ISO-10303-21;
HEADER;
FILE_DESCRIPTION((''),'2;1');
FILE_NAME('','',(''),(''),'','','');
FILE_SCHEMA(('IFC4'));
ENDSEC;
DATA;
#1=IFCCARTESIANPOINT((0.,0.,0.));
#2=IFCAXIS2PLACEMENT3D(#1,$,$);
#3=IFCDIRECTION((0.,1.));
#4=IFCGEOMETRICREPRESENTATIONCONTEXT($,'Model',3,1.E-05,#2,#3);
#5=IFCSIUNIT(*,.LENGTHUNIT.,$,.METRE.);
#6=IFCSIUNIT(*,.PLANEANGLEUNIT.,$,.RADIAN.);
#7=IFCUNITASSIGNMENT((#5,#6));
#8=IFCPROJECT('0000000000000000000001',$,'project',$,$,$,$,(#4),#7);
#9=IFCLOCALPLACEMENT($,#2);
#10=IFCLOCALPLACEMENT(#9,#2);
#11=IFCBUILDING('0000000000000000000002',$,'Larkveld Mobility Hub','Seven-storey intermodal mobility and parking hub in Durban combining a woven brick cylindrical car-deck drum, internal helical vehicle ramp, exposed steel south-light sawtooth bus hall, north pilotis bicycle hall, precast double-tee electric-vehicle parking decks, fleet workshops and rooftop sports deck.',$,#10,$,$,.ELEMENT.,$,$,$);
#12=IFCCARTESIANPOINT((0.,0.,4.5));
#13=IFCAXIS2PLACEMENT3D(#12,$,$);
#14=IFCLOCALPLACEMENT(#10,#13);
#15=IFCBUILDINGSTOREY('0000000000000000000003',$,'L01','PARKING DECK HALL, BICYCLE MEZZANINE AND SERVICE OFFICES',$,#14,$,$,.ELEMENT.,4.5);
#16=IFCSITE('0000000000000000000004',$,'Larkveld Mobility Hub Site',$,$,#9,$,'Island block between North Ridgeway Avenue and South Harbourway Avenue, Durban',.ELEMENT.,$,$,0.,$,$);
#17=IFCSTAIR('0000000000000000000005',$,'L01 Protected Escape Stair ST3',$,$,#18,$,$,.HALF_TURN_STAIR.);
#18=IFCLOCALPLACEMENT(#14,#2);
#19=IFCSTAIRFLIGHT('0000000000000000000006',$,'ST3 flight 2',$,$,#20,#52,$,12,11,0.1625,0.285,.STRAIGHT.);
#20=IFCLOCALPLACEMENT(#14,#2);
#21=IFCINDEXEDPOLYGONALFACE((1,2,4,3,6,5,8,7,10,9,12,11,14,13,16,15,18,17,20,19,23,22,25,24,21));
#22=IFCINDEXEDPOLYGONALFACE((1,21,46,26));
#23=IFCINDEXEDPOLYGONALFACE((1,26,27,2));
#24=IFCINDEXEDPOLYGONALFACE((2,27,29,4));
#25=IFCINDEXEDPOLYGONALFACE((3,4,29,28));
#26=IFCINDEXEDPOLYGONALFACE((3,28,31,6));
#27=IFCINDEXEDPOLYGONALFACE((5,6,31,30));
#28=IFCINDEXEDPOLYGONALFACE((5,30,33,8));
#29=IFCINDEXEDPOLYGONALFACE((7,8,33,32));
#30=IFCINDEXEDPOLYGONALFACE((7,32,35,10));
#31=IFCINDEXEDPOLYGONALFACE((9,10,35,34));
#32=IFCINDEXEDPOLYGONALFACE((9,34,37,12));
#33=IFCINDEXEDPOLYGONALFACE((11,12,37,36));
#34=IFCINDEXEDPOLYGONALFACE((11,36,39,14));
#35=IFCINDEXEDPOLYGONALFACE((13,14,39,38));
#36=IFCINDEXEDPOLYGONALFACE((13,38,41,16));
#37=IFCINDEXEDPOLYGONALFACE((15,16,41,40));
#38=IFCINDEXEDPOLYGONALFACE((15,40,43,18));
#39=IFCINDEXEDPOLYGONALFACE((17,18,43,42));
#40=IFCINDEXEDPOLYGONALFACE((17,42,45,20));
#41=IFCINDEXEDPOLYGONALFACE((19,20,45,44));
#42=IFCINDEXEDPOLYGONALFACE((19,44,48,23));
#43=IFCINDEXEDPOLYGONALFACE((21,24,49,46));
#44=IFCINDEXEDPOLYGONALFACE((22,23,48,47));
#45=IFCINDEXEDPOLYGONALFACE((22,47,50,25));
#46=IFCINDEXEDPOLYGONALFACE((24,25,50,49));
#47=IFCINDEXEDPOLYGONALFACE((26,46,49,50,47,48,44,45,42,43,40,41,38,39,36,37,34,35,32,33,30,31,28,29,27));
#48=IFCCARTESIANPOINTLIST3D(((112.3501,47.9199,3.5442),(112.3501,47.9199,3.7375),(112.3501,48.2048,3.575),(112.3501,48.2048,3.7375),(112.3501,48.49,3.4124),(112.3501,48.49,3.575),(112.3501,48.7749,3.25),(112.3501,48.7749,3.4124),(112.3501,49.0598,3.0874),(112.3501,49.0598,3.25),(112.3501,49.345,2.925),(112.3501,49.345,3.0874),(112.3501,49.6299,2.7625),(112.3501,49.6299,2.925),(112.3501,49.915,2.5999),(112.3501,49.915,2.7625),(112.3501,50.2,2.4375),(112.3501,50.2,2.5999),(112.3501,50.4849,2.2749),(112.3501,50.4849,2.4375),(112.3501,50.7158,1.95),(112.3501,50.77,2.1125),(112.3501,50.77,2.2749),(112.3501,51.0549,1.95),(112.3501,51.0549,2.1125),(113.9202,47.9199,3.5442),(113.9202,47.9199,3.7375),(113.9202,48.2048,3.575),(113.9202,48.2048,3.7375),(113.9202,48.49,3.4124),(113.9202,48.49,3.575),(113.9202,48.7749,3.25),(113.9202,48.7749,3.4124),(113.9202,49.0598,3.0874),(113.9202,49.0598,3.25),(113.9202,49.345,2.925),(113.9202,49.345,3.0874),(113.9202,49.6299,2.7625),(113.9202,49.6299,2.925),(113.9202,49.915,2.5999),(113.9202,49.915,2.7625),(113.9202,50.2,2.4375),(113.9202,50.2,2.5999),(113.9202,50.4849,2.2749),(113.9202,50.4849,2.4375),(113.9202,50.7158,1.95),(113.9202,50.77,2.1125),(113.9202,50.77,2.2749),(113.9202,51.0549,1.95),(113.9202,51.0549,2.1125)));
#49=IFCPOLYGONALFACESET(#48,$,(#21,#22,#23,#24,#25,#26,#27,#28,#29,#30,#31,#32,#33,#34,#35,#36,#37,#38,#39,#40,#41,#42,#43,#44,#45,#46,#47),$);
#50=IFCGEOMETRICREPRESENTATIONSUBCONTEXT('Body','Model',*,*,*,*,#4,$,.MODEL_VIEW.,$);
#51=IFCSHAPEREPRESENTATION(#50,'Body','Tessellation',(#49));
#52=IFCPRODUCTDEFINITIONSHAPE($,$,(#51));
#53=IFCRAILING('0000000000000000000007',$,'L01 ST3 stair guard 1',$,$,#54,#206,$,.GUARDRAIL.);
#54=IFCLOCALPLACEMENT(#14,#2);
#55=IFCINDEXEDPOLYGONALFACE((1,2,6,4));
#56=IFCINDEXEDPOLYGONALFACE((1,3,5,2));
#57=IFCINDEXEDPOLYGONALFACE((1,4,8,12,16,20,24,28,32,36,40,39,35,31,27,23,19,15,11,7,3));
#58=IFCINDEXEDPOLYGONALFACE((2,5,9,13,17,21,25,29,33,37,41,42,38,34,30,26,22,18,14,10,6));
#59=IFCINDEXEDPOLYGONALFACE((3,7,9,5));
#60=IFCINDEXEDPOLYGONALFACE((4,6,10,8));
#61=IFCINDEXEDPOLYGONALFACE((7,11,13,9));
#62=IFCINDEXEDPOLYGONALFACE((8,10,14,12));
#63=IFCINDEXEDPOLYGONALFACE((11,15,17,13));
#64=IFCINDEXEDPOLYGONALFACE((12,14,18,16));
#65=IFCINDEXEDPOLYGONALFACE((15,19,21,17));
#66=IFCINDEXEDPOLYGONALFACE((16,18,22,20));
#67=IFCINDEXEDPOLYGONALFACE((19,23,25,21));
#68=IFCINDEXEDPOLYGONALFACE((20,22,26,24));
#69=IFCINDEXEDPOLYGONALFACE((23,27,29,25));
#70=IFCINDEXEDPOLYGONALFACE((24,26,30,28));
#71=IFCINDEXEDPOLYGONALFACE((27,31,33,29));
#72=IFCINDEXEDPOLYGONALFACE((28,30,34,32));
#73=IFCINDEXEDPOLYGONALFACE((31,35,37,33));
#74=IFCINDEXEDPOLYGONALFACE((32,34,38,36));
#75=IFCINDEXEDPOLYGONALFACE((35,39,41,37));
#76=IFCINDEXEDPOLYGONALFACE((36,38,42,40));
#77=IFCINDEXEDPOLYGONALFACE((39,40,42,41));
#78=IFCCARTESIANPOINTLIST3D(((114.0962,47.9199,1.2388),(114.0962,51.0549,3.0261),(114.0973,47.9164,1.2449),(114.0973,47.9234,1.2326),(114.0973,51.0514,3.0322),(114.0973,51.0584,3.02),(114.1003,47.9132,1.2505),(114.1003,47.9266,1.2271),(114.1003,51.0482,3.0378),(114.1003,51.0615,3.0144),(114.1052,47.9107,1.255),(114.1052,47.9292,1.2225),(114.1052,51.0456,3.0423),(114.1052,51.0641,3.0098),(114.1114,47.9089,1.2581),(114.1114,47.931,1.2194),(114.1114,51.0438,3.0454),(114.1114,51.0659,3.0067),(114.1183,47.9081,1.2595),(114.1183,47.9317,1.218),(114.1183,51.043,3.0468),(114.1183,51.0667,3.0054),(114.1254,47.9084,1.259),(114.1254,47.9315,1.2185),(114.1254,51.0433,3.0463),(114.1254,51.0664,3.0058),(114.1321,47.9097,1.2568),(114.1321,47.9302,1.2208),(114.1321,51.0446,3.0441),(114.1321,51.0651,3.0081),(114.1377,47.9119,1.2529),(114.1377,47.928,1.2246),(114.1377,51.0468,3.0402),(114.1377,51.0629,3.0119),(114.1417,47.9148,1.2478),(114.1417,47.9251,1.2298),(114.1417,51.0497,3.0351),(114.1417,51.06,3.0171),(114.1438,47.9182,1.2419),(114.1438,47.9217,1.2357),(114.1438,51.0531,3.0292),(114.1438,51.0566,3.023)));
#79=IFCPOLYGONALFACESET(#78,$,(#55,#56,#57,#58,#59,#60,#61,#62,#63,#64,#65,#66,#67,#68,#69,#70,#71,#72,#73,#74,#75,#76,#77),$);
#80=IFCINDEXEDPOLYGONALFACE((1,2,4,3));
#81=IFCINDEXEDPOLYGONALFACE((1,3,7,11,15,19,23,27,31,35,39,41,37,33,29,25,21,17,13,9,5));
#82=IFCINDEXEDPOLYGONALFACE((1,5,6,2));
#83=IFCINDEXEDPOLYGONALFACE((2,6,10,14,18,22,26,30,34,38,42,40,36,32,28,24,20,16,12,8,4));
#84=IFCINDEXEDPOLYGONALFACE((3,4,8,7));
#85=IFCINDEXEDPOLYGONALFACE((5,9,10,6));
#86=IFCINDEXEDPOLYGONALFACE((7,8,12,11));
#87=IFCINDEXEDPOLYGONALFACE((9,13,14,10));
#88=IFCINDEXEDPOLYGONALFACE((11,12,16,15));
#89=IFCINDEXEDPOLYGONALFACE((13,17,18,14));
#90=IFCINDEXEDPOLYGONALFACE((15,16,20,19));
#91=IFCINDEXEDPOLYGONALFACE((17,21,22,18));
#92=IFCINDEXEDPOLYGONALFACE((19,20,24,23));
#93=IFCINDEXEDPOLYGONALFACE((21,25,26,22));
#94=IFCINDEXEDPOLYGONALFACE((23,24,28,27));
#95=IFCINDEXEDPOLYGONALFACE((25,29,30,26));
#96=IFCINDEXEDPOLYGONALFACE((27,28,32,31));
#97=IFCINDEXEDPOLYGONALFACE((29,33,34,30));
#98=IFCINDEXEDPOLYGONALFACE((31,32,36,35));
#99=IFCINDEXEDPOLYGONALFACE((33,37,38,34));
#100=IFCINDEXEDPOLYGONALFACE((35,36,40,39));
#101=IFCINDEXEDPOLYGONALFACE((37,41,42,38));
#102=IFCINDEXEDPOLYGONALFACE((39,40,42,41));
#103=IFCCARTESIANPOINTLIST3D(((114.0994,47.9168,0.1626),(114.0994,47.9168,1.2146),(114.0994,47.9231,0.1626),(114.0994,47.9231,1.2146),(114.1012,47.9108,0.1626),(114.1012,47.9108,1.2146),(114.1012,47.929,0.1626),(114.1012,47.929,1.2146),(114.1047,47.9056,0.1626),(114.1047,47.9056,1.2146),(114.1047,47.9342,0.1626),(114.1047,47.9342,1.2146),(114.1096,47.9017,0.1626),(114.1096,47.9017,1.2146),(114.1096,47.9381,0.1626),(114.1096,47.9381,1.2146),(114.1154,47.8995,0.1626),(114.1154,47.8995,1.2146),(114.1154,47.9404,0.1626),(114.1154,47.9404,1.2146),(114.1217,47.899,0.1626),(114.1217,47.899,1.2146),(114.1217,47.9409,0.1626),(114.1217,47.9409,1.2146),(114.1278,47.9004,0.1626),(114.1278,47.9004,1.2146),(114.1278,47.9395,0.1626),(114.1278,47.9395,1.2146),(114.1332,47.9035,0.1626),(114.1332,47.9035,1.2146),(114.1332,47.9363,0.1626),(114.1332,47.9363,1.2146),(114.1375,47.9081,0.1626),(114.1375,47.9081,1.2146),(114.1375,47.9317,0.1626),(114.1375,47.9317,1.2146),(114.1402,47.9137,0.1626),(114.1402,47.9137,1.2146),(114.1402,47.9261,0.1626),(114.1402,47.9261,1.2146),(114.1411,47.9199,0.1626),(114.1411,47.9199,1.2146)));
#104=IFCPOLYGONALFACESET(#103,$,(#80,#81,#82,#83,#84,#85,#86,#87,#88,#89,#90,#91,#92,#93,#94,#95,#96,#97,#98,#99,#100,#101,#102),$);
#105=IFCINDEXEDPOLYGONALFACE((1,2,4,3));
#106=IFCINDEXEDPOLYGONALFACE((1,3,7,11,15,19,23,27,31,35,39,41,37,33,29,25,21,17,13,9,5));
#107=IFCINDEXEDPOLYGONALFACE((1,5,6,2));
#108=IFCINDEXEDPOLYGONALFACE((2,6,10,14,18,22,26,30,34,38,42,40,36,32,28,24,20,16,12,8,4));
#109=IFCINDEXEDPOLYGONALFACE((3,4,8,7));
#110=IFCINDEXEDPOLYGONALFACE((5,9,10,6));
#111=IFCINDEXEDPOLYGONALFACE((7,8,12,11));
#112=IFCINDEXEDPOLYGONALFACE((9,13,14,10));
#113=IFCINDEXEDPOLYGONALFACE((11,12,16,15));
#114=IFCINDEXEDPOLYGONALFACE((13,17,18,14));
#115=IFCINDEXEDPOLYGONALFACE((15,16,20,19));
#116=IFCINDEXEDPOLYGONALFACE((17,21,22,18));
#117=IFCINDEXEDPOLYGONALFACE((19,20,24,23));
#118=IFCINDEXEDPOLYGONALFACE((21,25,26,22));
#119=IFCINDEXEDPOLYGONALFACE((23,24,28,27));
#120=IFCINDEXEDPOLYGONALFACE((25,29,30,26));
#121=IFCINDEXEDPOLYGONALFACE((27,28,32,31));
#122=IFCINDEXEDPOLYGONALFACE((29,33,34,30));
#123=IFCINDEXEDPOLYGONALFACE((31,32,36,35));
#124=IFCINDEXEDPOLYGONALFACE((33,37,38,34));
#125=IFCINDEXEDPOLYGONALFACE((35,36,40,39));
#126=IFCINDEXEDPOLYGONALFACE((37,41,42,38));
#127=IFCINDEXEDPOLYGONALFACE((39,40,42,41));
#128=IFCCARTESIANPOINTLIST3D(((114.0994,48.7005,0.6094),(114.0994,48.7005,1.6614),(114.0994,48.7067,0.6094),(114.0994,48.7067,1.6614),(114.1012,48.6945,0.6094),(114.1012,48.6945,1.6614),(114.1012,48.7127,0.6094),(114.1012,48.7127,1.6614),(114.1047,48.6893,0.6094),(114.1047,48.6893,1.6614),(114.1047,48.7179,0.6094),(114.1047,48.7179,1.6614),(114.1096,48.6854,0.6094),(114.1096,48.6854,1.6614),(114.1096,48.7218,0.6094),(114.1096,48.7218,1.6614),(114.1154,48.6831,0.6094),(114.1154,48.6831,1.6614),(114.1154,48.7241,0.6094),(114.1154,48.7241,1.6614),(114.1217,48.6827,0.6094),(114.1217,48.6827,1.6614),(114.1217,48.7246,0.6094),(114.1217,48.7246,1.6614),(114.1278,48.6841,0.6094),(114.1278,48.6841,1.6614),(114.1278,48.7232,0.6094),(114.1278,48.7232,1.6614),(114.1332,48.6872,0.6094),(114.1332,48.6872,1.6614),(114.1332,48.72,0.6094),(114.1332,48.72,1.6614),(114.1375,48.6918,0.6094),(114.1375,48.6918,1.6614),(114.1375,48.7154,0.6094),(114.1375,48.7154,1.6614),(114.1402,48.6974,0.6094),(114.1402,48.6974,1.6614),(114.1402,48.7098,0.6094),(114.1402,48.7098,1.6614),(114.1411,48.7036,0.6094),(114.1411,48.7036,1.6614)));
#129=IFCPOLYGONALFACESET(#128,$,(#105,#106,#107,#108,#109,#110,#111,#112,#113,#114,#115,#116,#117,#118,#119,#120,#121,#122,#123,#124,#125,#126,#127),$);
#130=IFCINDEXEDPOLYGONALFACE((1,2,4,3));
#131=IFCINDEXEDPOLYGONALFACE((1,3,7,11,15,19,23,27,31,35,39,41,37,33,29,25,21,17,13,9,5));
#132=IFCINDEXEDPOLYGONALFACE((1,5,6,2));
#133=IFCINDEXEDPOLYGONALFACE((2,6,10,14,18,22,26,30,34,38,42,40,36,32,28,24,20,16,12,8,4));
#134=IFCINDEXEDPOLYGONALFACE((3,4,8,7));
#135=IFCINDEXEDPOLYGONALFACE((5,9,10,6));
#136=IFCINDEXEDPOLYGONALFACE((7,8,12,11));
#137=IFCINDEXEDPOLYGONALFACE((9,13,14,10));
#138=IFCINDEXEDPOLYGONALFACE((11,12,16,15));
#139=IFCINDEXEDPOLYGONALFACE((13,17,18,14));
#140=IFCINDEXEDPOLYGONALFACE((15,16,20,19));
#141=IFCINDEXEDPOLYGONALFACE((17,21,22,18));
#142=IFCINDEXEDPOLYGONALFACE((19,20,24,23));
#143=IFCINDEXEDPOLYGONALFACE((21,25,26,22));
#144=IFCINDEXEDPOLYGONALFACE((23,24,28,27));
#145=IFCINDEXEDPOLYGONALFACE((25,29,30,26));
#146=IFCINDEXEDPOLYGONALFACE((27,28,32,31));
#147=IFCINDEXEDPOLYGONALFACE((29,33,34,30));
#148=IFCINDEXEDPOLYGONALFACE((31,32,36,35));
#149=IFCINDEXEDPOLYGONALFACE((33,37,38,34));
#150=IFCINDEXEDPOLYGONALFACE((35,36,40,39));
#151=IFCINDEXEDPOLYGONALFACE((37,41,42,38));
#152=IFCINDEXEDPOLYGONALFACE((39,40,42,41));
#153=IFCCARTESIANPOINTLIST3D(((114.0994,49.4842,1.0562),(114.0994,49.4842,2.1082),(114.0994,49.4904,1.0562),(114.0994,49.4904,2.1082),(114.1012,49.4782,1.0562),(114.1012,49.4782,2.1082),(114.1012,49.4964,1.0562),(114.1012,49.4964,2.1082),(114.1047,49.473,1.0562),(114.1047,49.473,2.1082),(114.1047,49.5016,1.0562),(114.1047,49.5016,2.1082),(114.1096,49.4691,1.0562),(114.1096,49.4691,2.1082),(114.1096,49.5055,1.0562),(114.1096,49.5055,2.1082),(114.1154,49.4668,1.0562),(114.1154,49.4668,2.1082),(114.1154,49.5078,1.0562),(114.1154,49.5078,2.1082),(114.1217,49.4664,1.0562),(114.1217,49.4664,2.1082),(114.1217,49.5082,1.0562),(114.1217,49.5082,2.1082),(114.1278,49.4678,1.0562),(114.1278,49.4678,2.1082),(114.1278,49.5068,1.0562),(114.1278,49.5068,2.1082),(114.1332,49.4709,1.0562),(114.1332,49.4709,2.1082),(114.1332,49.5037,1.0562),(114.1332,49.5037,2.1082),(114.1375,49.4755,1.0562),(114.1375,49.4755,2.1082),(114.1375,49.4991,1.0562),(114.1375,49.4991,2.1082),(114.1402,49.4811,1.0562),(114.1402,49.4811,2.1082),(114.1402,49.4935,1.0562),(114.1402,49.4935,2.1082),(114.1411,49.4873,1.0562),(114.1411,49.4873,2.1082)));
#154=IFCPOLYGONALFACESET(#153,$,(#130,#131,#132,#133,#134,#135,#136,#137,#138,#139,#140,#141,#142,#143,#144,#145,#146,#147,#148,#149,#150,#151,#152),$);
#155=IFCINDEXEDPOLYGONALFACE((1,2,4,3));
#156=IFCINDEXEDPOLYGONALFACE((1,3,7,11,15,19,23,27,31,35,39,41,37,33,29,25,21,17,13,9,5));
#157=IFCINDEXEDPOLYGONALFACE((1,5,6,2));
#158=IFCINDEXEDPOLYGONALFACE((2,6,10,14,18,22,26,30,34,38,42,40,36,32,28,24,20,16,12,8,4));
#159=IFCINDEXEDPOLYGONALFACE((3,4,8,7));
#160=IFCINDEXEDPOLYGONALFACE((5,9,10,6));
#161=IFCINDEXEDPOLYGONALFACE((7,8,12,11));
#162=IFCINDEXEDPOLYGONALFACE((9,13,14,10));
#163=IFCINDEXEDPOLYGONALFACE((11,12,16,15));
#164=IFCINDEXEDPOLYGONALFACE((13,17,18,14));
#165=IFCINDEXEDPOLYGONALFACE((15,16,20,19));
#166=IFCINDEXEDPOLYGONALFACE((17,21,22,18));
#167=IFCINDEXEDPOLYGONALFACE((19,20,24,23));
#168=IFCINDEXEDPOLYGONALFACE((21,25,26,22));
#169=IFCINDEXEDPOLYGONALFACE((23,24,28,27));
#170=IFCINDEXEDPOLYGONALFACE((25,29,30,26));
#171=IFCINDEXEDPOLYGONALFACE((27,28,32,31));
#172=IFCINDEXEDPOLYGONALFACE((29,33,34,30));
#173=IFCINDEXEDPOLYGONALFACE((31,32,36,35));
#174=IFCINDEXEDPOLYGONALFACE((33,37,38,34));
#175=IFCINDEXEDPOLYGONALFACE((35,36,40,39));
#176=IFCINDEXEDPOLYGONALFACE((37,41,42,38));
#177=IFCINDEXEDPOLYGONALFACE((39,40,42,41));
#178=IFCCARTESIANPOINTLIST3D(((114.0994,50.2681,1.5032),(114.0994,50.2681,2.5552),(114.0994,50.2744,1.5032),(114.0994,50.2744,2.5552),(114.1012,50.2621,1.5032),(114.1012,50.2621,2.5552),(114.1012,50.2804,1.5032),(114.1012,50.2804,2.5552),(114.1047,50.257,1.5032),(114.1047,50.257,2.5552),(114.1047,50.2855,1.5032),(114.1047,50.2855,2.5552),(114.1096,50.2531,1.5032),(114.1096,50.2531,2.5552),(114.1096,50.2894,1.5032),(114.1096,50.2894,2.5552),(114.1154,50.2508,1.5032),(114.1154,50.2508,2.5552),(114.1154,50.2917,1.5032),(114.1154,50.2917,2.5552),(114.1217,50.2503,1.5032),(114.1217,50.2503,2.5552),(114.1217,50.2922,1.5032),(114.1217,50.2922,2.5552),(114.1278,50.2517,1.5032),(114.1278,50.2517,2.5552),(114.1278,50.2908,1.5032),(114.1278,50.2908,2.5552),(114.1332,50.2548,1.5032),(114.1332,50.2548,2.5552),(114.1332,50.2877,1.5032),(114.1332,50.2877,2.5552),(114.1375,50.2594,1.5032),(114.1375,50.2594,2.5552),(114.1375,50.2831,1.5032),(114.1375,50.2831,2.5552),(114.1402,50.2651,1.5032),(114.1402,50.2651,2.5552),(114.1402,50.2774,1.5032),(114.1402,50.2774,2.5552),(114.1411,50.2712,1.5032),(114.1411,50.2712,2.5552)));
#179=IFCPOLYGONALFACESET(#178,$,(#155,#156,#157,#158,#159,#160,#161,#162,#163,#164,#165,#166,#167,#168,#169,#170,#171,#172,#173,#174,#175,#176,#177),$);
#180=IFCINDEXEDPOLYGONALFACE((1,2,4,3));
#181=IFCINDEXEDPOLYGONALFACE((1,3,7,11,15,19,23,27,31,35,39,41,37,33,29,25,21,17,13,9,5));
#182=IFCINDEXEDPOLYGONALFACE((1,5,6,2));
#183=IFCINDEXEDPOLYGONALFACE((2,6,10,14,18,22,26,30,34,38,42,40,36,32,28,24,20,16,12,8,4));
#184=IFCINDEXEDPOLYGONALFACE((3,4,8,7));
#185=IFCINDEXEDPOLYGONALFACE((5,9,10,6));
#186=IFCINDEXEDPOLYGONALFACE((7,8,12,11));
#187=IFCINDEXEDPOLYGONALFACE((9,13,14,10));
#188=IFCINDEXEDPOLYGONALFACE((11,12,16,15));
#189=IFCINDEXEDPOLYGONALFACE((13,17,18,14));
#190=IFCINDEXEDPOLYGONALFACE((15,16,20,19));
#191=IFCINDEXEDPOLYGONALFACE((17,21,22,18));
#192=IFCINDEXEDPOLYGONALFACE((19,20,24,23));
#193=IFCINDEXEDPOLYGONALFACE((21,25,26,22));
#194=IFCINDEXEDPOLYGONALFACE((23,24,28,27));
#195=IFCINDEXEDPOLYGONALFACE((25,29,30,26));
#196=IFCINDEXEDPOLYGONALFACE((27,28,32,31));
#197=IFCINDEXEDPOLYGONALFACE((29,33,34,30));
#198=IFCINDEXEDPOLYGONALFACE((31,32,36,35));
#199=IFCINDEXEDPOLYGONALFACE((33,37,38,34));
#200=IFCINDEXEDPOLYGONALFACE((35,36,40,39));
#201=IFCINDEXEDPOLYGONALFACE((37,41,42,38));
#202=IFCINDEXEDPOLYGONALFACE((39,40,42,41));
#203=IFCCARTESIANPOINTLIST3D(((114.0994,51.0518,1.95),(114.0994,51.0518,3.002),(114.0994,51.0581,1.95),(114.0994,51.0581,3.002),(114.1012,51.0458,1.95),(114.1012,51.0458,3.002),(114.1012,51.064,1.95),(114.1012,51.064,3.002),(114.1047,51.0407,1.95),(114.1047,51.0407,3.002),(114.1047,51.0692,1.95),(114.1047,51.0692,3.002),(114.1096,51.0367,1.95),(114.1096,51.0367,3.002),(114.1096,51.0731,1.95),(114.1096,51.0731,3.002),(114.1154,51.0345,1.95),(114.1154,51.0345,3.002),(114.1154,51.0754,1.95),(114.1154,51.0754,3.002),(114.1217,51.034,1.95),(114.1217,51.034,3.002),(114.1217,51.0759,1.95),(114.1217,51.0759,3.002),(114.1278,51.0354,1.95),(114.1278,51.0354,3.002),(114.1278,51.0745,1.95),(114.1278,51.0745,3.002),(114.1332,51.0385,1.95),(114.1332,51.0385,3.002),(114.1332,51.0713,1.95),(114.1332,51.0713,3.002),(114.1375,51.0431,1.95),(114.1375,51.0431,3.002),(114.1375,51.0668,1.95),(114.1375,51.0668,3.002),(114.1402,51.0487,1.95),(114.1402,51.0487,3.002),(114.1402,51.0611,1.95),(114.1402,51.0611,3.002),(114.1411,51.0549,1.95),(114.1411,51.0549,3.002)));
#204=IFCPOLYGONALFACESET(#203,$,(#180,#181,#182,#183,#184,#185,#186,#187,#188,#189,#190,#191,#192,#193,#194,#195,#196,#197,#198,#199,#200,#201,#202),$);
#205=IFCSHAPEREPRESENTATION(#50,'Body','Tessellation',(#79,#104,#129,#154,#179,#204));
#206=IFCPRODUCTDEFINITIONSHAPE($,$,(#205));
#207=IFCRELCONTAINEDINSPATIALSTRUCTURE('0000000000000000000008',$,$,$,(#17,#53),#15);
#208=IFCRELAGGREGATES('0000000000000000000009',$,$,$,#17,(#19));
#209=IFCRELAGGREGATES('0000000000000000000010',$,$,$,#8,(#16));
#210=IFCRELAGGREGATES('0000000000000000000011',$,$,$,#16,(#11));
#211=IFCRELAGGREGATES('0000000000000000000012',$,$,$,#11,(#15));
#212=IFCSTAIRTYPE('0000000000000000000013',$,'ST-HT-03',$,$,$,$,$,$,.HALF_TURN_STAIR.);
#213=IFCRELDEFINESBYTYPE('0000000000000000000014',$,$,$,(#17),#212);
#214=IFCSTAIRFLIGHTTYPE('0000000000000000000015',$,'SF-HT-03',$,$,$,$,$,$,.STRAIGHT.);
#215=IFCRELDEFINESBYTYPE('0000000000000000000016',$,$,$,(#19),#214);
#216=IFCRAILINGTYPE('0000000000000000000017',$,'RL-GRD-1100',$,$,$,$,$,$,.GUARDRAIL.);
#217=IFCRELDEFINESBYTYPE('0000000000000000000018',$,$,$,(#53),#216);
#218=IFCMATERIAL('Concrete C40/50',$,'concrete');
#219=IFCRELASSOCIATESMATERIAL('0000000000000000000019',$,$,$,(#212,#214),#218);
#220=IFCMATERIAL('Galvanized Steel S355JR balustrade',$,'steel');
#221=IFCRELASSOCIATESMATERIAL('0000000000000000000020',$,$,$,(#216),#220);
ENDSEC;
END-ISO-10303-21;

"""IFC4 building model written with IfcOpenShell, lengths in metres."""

from ifc_helpers import new_model, si_unit, direction, frame, origin, origin_2d, place, context, subcontext, project, spatial, polyline, circle, outline, extrude, material, type_object, element, aggregate, save


model = new_model("IFC4")

# Units and contexts
model_context = context("Model", 3, precision=1e-05, world=origin(), true_north=direction((0.0, 1.0)))
body_context = subcontext(model_context, "Body", "Model", "MODEL_VIEW")
ifc_project = project(units=[si_unit("LENGTHUNIT", "METRE"), si_unit("PLANEANGLEUNIT", "RADIAN")], contexts=[model_context])

# Site, building, storey
site_placement = place(None, origin())
site = spatial("IfcSite", under=ifc_project, at=site_placement, Name="Larkveld Mobility Hub Site", LongName="Island block between North Ridgeway Avenue and South Harbourway Avenue, Durban", CompositionType="ELEMENT", RefElevation=0.0)
building_placement = place(site_placement, origin())
building = spatial("IfcBuilding", under=site, at=building_placement, Name="Larkveld Mobility Hub", Description="Seven-storey intermodal mobility and parking hub in Durban combining a woven brick cylindrical car-deck drum, internal helical vehicle ramp, exposed steel south-light sawtooth bus hall, north pilotis bicycle hall, precast double-tee electric-vehicle parking decks, fleet workshops and rooftop sports deck.", CompositionType="ELEMENT")
storey_placement = place(building_placement, frame((0.0, 0.0, 4.5)))
storey = spatial("IfcBuildingStorey", under=building, at=storey_placement, Name="L01", Description="PARKING DECK HALL, BICYCLE MEZZANINE AND SERVICE OFFICES", CompositionType="ELEMENT", Elevation=4.5)

# Shared definitions
ifc_material_1 = material(Name="Concrete C40/50", Category="concrete")

# Stair, stair flight
stair_type = type_object("IfcStairType", Name="ST-HT-03", PredefinedType="HALF_TURN_STAIR", material=ifc_material_1)
stair_placement = place(storey_placement, origin())
stair = element("IfcStair", 1, at=stair_placement, inside=storey, type_object=stair_type, Name="L01 Protected Escape Stair ST3", PredefinedType="HALF_TURN_STAIR")
stair_flight_type = type_object("IfcStairFlightType", Name="SF-HT-03", PredefinedType="STRAIGHT", material=ifc_material_1)
stair_flight_1_placement = place(storey_placement, frame((113.135, 51.0549, 1.95), z_axis=(0.0, 0.0, 1.0), x_axis=(0.0, -1.0, 0.0)))
stair_flight_1 = element("IfcStairFlight", 2, at=stair_flight_1_placement, type_object=stair_flight_type, Name="ST3 flight 2", NumberOfRisers=12, NumberOfTreads=11, PredefinedType="STRAIGHT", RiserHeight=0.1625, TreadLength=0.285, context=body_context, shape_type="SweptSolid", body=[
    extrude(outline(polyline([(0.0, 0.0), (0.0, 0.1626), (0.2849, 0.1626), (0.2849, 0.325), (0.5701, 0.325), (0.5701, 0.4875), (0.855, 0.4875), (0.855, 0.6499), (1.1399, 0.6499), (1.1399, 0.8125), (1.425, 0.8125), (1.425, 0.9751), (1.71, 0.9751), (1.71, 1.1375), (1.9951, 1.1375), (1.9951, 1.3), (2.28, 1.3), (2.28, 1.4624), (2.5649, 1.4624), (2.5649, 1.625), (2.8501, 1.625), (2.8501, 1.7876), (3.135, 1.7876), (3.135, 1.95), (3.135, 1.5942), (0.3391, 0.0), (0.0, 0.0)])), frame((0.0, 0.7852, 0.0), z_axis=(0.0, -1.0, 0.0), x_axis=(1.0, 0.0, 0.0)), (0.0, 0.0, 1.0), 1.5701),
])
aggregate(stair, [stair_flight_1])

# Railing
ifc_material_2 = material(Name="Galvanized Steel S355JR balustrade", Category="steel")
railing_type_1 = type_object("IfcRailingType", Name="RL-GRD-1100", PredefinedType="GUARDRAIL", material=ifc_material_2)
railing_1_placement = place(storey_placement, frame((114.1201, 47.9199, 0.1626)))
element("IfcRailing", 3, at=railing_1_placement, inside=storey, type_object=railing_type_1, Name="L01 ST3 stair guard 1", PredefinedType="GUARDRAIL", context=body_context, shape_type="SweptSolid", body=[
    extrude(circle(Radius=0.0239, at=origin_2d()), frame((0.0, 0.0, 1.0762), z_axis=(0.0, 0.86873, 0.495286), x_axis=(-1.0, 0.0, 0.0)), (0.0, 0.0, 1.0), 3.6086),
    extrude(circle(Radius=0.021, at=origin_2d()), origin(), (0.0, 0.0, 1.0), 1.052),
    extrude(circle(Radius=0.021, at=origin_2d()), frame((0.0, 0.7837, 0.4468)), (0.0, 0.0, 1.0), 1.052),
    extrude(circle(Radius=0.021, at=origin_2d()), frame((0.0, 1.5674, 0.8936)), (0.0, 0.0, 1.0), 1.052),
    extrude(circle(Radius=0.021, at=origin_2d()), frame((0.0, 2.3513, 1.3406)), (0.0, 0.0, 1.0), 1.052),
    extrude(circle(Radius=0.021, at=origin_2d()), frame((0.0, 3.135, 1.7874)), (0.0, 0.0, 1.0), 1.052),
])

save(model, "model.ifc")
